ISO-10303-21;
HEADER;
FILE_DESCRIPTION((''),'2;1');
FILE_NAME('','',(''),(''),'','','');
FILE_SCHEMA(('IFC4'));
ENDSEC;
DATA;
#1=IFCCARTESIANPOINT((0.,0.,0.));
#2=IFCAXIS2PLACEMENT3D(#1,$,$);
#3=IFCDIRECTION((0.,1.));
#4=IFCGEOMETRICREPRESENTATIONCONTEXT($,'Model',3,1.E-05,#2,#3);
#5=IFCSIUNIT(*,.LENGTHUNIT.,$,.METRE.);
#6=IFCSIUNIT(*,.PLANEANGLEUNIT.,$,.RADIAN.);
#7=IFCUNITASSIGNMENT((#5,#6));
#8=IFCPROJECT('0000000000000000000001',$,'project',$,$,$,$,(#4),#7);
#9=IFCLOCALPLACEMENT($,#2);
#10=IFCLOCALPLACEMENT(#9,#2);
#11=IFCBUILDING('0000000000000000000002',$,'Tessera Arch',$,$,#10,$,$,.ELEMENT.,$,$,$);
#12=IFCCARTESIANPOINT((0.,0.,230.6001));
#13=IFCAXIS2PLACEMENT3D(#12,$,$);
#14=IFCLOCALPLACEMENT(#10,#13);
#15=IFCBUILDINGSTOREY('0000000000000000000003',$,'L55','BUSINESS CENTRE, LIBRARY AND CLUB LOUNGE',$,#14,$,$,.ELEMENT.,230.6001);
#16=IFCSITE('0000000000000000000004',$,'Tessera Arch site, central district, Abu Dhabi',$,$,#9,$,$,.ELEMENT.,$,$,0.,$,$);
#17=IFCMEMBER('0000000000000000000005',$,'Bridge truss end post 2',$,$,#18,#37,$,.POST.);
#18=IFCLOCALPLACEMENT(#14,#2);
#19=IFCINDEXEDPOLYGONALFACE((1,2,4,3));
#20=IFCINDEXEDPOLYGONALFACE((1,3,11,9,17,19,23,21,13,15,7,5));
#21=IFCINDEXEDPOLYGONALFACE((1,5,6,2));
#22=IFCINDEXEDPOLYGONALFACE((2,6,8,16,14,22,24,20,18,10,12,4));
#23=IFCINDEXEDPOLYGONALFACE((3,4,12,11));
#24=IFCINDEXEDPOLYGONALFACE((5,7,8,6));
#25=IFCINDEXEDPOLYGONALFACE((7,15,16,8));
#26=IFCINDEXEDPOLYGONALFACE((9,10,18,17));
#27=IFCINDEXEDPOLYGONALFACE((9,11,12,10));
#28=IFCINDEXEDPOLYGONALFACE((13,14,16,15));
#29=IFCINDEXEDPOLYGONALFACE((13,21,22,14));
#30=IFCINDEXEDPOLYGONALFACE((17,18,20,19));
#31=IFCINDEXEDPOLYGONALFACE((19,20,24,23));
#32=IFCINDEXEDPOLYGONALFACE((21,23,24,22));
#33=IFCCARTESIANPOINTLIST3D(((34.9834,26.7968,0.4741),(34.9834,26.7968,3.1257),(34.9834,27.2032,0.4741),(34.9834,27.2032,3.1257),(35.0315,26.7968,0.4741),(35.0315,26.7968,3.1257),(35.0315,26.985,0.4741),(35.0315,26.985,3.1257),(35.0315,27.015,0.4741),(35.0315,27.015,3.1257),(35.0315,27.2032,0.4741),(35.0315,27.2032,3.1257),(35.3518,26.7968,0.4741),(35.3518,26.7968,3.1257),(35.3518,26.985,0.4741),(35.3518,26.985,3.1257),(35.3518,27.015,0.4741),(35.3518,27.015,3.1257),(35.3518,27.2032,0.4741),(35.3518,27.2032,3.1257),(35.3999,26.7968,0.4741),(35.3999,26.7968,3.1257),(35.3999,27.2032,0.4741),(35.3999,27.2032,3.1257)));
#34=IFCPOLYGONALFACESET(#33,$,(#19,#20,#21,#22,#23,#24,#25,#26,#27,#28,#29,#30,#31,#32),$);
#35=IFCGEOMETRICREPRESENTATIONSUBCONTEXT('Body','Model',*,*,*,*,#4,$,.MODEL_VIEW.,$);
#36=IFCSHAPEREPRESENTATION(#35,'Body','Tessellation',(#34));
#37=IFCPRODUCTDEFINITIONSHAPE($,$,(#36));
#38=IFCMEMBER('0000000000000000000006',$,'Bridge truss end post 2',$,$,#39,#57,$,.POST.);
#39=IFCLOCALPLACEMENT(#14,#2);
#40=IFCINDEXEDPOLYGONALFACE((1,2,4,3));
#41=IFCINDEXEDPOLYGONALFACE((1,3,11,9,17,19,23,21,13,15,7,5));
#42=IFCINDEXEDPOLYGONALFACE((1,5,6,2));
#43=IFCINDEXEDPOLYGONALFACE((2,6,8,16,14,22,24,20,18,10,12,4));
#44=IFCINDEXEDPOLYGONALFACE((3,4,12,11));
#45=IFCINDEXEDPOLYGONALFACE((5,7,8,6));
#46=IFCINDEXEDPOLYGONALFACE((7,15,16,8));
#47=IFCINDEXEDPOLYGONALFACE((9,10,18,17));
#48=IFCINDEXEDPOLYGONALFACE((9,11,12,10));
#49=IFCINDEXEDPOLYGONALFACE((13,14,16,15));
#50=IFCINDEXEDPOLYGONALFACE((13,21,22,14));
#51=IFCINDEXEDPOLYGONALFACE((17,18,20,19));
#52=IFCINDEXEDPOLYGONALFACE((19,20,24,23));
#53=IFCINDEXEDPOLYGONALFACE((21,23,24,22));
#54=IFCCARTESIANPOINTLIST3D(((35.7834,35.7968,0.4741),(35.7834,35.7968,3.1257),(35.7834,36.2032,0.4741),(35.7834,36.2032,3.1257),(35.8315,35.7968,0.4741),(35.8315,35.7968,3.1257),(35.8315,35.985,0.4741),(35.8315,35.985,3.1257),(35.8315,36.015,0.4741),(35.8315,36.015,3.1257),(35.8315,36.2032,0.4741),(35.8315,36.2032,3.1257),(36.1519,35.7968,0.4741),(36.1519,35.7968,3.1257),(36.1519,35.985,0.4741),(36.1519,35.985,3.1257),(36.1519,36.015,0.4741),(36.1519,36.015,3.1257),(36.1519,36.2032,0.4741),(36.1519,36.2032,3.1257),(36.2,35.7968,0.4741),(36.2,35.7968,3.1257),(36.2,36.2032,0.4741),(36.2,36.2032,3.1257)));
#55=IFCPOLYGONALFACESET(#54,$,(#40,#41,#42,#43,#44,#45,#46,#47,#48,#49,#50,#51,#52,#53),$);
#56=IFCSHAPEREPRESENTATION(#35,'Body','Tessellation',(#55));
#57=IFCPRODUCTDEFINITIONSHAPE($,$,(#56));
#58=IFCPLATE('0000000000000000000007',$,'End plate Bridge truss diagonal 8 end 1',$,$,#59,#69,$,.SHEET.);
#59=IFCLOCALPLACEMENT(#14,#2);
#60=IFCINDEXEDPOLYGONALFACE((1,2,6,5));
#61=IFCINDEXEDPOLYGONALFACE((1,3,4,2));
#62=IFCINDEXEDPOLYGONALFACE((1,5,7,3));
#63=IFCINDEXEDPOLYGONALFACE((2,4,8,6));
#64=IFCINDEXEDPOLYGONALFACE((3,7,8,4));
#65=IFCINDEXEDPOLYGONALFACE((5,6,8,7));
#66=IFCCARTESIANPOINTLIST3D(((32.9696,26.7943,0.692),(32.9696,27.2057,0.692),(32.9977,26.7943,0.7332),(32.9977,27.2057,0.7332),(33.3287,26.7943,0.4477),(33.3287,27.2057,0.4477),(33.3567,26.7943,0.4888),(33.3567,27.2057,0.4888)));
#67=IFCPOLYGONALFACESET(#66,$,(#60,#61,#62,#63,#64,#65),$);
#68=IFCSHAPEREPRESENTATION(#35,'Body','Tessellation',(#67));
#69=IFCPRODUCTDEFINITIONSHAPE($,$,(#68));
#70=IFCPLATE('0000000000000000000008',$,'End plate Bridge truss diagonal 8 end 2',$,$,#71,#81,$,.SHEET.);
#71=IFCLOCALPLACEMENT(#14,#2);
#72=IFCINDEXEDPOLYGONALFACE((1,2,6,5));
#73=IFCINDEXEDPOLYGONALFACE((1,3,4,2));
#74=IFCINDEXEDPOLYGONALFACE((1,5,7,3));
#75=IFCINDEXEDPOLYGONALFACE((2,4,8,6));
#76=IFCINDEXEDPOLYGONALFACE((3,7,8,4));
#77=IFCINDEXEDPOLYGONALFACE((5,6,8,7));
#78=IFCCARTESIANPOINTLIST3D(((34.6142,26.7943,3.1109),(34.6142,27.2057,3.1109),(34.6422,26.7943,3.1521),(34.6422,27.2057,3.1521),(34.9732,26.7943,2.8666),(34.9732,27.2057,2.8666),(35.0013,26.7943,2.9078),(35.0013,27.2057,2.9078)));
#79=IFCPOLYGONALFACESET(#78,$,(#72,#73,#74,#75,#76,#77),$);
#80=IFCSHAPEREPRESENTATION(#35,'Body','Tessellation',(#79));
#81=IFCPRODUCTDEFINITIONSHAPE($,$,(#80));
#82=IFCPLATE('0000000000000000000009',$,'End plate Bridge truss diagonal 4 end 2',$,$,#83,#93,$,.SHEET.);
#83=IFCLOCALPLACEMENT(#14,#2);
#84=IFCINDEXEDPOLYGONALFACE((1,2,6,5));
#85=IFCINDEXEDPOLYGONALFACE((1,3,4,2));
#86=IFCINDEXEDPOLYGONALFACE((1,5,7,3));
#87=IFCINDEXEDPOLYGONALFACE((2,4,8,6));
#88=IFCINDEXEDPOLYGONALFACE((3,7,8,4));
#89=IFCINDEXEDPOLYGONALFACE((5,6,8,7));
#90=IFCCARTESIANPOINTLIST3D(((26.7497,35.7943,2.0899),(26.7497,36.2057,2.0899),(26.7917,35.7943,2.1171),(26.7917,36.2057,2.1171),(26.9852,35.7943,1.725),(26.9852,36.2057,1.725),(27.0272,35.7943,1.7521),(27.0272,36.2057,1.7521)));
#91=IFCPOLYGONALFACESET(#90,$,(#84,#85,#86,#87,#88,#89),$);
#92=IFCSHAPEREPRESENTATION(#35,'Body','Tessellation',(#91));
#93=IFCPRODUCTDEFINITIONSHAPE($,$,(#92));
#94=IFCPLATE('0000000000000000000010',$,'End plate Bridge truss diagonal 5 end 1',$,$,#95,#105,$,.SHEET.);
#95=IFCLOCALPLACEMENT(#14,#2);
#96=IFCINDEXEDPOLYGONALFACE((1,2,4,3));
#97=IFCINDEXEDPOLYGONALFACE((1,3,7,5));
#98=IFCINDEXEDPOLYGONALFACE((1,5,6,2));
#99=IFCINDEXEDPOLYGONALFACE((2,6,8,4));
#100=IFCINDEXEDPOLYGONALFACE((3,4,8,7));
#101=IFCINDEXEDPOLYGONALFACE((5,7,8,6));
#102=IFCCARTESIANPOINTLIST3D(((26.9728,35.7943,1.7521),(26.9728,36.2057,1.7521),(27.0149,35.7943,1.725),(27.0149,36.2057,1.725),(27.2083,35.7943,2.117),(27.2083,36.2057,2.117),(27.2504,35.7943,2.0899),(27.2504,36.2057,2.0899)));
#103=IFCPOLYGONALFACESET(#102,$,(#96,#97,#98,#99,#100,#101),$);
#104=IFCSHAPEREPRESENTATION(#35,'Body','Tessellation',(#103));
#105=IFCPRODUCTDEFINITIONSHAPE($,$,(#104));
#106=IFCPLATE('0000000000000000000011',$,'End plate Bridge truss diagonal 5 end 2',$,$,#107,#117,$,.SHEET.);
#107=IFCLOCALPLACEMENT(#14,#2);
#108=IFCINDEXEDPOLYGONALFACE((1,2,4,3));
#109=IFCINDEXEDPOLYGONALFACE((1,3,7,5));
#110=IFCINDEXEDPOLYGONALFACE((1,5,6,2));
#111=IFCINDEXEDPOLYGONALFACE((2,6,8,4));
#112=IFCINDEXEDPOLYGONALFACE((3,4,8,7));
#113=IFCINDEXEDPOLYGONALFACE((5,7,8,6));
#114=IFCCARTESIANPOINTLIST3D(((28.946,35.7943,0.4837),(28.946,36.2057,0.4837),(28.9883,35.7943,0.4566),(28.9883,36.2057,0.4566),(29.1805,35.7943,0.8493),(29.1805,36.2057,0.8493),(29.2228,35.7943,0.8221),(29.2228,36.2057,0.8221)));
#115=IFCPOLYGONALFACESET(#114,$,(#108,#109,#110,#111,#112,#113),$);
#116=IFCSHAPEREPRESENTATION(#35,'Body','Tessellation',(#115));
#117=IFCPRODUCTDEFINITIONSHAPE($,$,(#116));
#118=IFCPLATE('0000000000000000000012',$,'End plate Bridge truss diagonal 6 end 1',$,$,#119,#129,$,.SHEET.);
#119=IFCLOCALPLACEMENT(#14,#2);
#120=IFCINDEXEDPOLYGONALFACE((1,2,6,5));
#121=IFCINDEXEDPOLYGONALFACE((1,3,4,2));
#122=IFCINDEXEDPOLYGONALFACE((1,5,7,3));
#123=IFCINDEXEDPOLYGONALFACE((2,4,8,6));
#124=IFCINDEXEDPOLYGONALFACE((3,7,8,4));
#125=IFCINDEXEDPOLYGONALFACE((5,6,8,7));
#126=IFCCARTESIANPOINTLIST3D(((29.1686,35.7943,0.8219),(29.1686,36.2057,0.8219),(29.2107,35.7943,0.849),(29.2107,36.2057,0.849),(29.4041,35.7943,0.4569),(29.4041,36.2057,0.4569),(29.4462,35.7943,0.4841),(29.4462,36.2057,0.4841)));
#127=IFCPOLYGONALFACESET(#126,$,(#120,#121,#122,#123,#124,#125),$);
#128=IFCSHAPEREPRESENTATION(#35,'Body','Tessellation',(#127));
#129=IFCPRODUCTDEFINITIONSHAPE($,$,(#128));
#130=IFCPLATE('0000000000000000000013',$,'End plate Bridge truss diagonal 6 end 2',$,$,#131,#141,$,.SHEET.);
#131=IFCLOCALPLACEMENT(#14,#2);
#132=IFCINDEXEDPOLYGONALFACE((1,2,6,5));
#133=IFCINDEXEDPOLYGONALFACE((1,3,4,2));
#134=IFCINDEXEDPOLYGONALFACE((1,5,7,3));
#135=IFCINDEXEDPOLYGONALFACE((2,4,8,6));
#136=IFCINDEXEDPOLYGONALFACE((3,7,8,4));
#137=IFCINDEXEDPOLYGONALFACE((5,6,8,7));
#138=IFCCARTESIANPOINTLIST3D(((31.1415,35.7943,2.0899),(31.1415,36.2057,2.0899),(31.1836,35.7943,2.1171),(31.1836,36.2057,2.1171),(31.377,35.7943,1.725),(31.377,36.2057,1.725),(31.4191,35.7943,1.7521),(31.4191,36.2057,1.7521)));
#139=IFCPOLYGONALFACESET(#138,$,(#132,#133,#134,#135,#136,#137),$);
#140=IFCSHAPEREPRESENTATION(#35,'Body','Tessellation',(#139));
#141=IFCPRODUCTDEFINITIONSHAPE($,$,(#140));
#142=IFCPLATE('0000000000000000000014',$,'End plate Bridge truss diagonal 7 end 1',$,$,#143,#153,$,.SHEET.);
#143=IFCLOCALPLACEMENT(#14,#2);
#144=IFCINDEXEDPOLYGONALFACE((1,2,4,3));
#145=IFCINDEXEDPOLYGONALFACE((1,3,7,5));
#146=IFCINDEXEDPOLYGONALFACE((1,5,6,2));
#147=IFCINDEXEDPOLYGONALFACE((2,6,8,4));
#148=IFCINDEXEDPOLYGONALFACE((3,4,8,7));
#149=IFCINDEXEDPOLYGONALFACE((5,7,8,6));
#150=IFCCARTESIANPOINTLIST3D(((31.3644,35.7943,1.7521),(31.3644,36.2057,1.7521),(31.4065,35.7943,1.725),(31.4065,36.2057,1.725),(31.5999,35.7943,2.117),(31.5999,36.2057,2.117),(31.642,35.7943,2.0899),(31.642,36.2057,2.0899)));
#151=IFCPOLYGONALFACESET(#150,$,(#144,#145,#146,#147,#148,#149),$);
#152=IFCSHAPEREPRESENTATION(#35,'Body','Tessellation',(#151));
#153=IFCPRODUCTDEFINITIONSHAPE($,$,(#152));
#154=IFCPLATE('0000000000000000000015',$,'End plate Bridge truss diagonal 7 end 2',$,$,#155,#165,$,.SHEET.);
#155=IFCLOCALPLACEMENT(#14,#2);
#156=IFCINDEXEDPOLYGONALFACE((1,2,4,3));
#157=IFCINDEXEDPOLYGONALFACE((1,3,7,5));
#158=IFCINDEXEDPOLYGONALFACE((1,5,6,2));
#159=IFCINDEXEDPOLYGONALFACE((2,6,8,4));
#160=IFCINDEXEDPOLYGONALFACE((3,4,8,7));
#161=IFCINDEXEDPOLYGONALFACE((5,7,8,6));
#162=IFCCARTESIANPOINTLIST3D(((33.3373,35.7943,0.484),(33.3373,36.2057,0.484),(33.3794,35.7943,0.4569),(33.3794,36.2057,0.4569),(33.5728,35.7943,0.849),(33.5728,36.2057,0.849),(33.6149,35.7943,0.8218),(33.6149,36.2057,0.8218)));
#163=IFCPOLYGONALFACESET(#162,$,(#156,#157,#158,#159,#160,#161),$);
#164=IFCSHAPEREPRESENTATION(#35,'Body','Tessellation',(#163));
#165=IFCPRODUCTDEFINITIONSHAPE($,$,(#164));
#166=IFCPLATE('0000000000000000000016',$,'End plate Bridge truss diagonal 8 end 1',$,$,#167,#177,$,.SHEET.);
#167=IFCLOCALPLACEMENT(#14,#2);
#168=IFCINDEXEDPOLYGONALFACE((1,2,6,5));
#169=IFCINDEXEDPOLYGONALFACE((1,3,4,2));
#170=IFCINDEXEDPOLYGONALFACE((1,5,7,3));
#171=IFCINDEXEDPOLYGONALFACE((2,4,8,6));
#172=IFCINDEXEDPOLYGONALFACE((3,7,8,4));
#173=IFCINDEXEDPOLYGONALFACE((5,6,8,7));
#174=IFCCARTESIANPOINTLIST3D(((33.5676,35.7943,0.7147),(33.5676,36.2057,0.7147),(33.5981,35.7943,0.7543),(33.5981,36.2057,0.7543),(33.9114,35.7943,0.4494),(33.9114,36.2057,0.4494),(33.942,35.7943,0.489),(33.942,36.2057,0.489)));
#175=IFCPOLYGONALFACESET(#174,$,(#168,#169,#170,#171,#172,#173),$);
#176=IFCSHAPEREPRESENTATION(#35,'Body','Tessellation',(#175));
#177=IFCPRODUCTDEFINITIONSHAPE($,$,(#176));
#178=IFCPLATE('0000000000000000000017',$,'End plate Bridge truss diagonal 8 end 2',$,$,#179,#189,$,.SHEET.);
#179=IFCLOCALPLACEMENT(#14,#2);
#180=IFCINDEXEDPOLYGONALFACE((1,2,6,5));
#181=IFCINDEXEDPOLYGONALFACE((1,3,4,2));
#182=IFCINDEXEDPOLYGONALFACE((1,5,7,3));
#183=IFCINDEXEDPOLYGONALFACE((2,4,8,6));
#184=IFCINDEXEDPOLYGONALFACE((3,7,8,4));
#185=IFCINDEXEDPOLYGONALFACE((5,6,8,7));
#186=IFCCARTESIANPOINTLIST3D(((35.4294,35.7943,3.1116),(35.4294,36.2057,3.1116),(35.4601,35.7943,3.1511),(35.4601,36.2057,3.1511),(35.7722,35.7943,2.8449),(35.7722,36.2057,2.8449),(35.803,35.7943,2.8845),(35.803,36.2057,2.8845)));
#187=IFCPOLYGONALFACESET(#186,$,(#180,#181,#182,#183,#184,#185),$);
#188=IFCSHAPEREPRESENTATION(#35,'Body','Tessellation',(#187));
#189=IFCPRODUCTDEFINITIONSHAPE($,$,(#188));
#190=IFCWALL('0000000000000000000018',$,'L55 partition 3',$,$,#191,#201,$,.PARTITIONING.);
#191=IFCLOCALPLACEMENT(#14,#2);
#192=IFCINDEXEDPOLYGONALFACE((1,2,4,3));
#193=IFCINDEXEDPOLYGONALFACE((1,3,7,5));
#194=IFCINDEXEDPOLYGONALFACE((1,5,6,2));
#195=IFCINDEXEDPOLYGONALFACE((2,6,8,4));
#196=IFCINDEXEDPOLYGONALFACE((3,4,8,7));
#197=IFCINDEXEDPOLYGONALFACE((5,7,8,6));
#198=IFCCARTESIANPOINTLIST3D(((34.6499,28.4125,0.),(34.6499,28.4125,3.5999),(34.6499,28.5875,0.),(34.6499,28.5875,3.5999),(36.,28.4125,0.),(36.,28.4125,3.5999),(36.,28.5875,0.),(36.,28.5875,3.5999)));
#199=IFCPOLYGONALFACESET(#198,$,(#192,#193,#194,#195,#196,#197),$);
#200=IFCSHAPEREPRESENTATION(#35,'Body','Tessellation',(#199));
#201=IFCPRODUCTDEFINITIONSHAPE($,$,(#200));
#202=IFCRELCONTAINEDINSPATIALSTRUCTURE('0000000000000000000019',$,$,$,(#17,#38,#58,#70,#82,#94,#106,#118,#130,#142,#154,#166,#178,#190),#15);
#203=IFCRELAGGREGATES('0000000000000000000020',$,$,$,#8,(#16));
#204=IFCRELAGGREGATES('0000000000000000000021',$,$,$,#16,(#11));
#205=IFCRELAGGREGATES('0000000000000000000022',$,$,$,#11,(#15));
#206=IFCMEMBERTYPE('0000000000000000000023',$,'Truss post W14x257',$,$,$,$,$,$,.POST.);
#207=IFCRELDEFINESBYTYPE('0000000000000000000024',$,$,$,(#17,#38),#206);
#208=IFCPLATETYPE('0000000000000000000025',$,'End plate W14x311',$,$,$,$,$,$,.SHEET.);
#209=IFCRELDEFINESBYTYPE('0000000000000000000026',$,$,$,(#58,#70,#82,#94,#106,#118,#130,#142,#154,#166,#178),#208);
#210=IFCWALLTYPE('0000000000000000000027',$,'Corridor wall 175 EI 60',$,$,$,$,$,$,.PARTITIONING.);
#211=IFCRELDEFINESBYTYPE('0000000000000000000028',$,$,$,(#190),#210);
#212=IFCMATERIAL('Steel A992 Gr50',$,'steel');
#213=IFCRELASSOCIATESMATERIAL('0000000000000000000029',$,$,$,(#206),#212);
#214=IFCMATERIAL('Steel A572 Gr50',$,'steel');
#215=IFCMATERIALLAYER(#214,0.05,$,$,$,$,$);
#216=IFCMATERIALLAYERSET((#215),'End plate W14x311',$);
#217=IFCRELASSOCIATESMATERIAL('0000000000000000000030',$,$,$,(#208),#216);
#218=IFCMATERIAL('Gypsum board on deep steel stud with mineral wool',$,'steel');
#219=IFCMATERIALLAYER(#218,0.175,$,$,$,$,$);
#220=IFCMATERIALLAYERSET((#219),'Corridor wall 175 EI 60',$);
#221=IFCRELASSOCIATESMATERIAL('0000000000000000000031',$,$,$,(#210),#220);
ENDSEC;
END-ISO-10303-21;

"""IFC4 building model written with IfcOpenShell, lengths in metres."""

from ifc_helpers import new_model, si_unit, direction, frame, frame_2d, origin, origin_2d, place, context, subcontext, project, spatial, rectangle, i_section, extrude, material, layer, layer_set, material_profile, profile_set, type_object, element, save


model = new_model("IFC4")

# Units and contexts
model_context = context("Model", 3, precision=1e-05, world=origin(), true_north=direction((0.0, 1.0)))
body_context = subcontext(model_context, "Body", "Model", "MODEL_VIEW")
ifc_project = project(units=[si_unit("LENGTHUNIT", "METRE"), si_unit("PLANEANGLEUNIT", "RADIAN")], contexts=[model_context])

# Site, building, storey
site_placement = place(None, origin())
site = spatial("IfcSite", under=ifc_project, at=site_placement, Name="Tessera Arch site, central district, Abu Dhabi", CompositionType="ELEMENT", RefElevation=0.0)
building_placement = place(site_placement, origin())
building = spatial("IfcBuilding", under=site, at=building_placement, Name="Tessera Arch", CompositionType="ELEMENT")
storey_placement = place(building_placement, frame((0.0, 0.0, 230.6001)))
storey = spatial("IfcBuildingStorey", under=building, at=storey_placement, Name="L55", Description="BUSINESS CENTRE, LIBRARY AND CLUB LOUNGE", CompositionType="ELEMENT", Elevation=230.6001)

# Members
ifc_material_1 = material(Name="Steel A992 Gr50", Category="steel")
ifc_material_profile_1 = material_profile(ifc_material_1, i_section(OverallWidth=0.4065, OverallDepth=0.4165, WebThickness=0.03, FlangeThickness=0.0481, at=origin_2d()), Name="W14x257")
ifc_profile_set_1 = profile_set([ifc_material_profile_1], Name="Steel A992 Gr50")
member_type_1 = type_object("IfcMemberType", Name="Truss post W14x257", PredefinedType="POST", material=ifc_profile_set_1)
for number, where, z_axis, x_axis, name in (
    (1, (35.1917, 27.0, 0.4741), (0.0, 0.0, 1.0), (0.0, 1.0, 0.0), "Bridge truss end post 2"),
    (2, (35.9917, 36.0, 0.4741), (0.0, 0.0, 1.0), (0.0, 1.0, 0.0), "Bridge truss end post 2"),
):
    element("IfcMember", number, at=place(storey_placement, frame(where, z_axis=z_axis, x_axis=x_axis)), inside=storey, type_object=member_type_1, Name=name, PredefinedType="POST", context=body_context, shape_type="SweptSolid", body=[
        extrude(i_section(OverallWidth=0.4065, OverallDepth=0.4165, WebThickness=0.03, FlangeThickness=0.0481, at=origin_2d()), origin(), (0.0, 0.0, 1.0), 2.6516),
    ])

# Plates
ifc_material_2 = material(Name="Steel A572 Gr50", Category="steel")
ifc_layer_1 = layer(ifc_material_2, 0.05)
ifc_layer_set_1 = layer_set([ifc_layer_1], Name="End plate W14x311")
plate_type = type_object("IfcPlateType", Name="End plate W14x311", PredefinedType="SHEET", material=ifc_layer_set_1)
for number, where, z_axis, x_axis, name in (
    (3, (33.1492, 27.0, 0.5698), (0.562578, 0.0, 0.826744), (0.0, 1.0, 0.0), "End plate Bridge truss diagonal 8 end 1"),
    (4, (34.7937, 27.0, 2.9888), (0.562578, 0.0, 0.826744), (0.0, 1.0, 0.0), "End plate Bridge truss diagonal 8 end 2"),
):
    element("IfcPlate", number, at=place(storey_placement, frame(where, z_axis=z_axis, x_axis=x_axis)), inside=storey, type_object=plate_type, Name=name, PredefinedType="SHEET", context=body_context, shape_type="SweptSolid", body=[
        extrude(rectangle(XDim=0.4114, YDim=0.4343, at=origin_2d()), origin(), (0.0, 0.0, 1.0), 0.0498),
    ])
for number, where, z_axis, x_axis, name in (
    (5, (26.8674, 36.0, 1.9075), (0.840225, 0.0, 0.542238), (0.0, 1.0, 0.0), "End plate Bridge truss diagonal 4 end 2"),
    (6, (27.0906, 36.0, 1.9346), (0.840225, 0.0, -0.542238), (0.0, 1.0, 0.0), "End plate Bridge truss diagonal 5 end 1"),
):
    element("IfcPlate", number, at=place(storey_placement, frame(where, z_axis=z_axis, x_axis=x_axis)), inside=storey, type_object=plate_type, Name=name, PredefinedType="SHEET", context=body_context, shape_type="SweptSolid", body=[
        extrude(rectangle(XDim=0.4114, YDim=0.4343, at=origin_2d()), origin(), (0.0, 0.0, 1.0), 0.05),
    ])
plate_placement = place(storey_placement, frame((29.0632, 36.0, 0.6665), z_axis=(0.841652, 0.0, -0.54002), x_axis=(0.0, 1.0, 0.0)))
element("IfcPlate", 7, at=plate_placement, inside=storey, type_object=plate_type, Name="End plate Bridge truss diagonal 5 end 2", PredefinedType="SHEET", context=body_context, shape_type="SweptSolid", body=[
    extrude(rectangle(XDim=0.4114, YDim=0.4343, at=origin_2d()), origin(), (0.0, 0.0, 1.0), 0.0503),
])
for number, where, z_axis, x_axis, name in (
    (8, (29.2864, 36.0, 0.6394), (0.840225, 0.0, 0.542238), (0.0, 1.0, 0.0), "End plate Bridge truss diagonal 6 end 1"),
    (9, (31.2593, 36.0, 1.9075), (0.840225, 0.0, 0.542238), (0.0, 1.0, 0.0), "End plate Bridge truss diagonal 6 end 2"),
    (10, (31.4822, 36.0, 1.9346), (0.840225, 0.0, -0.542238), (0.0, 1.0, 0.0), "End plate Bridge truss diagonal 7 end 1"),
    (11, (33.4551, 36.0, 0.6665), (0.840225, 0.0, -0.542238), (0.0, 1.0, 0.0), "End plate Bridge truss diagonal 7 end 2"),
    (12, (33.7395, 36.0, 0.582), (0.610891, 0.0, 0.791715), (0.0, 1.0, 0.0), "End plate Bridge truss diagonal 8 end 1"),
    (13, (35.6008, 36.0, 2.9783), (0.613941, 0.0, 0.789352), (0.0, 1.0, 0.0), "End plate Bridge truss diagonal 8 end 2"),
):
    element("IfcPlate", number, at=place(storey_placement, frame(where, z_axis=z_axis, x_axis=x_axis)), inside=storey, type_object=plate_type, Name=name, PredefinedType="SHEET", context=body_context, shape_type="SweptSolid", body=[
        extrude(rectangle(XDim=0.4114, YDim=0.4343, at=origin_2d()), origin(), (0.0, 0.0, 1.0), 0.05),
    ])

# Wall
ifc_material_3 = material(Name="Gypsum board on deep steel stud with mineral wool", Category="steel")
ifc_layer_2 = layer(ifc_material_3, 0.175)
ifc_layer_set_2 = layer_set([ifc_layer_2], Name="Corridor wall 175 EI 60")
wall_type_1 = type_object("IfcWallType", Name="Corridor wall 175 EI 60", PredefinedType="PARTITIONING", material=ifc_layer_set_2)
wall_1_placement = place(storey_placement, frame((34.6499, 28.5, 0.0), z_axis=(0.0, 0.0, 1.0), x_axis=(1.0, 0.0, 0.0)))
element("IfcWall", 14, at=wall_1_placement, inside=storey, type_object=wall_type_1, Name="L55 partition 3", PredefinedType="PARTITIONING", context=body_context, shape_type="SweptSolid", body=[
    extrude(rectangle(XDim=1.3501, YDim=0.175, at=frame_2d((0.675, 0.0))), origin(), (0.0, 0.0, 1.0), 3.5999),
])

save(model, "model.ifc")
